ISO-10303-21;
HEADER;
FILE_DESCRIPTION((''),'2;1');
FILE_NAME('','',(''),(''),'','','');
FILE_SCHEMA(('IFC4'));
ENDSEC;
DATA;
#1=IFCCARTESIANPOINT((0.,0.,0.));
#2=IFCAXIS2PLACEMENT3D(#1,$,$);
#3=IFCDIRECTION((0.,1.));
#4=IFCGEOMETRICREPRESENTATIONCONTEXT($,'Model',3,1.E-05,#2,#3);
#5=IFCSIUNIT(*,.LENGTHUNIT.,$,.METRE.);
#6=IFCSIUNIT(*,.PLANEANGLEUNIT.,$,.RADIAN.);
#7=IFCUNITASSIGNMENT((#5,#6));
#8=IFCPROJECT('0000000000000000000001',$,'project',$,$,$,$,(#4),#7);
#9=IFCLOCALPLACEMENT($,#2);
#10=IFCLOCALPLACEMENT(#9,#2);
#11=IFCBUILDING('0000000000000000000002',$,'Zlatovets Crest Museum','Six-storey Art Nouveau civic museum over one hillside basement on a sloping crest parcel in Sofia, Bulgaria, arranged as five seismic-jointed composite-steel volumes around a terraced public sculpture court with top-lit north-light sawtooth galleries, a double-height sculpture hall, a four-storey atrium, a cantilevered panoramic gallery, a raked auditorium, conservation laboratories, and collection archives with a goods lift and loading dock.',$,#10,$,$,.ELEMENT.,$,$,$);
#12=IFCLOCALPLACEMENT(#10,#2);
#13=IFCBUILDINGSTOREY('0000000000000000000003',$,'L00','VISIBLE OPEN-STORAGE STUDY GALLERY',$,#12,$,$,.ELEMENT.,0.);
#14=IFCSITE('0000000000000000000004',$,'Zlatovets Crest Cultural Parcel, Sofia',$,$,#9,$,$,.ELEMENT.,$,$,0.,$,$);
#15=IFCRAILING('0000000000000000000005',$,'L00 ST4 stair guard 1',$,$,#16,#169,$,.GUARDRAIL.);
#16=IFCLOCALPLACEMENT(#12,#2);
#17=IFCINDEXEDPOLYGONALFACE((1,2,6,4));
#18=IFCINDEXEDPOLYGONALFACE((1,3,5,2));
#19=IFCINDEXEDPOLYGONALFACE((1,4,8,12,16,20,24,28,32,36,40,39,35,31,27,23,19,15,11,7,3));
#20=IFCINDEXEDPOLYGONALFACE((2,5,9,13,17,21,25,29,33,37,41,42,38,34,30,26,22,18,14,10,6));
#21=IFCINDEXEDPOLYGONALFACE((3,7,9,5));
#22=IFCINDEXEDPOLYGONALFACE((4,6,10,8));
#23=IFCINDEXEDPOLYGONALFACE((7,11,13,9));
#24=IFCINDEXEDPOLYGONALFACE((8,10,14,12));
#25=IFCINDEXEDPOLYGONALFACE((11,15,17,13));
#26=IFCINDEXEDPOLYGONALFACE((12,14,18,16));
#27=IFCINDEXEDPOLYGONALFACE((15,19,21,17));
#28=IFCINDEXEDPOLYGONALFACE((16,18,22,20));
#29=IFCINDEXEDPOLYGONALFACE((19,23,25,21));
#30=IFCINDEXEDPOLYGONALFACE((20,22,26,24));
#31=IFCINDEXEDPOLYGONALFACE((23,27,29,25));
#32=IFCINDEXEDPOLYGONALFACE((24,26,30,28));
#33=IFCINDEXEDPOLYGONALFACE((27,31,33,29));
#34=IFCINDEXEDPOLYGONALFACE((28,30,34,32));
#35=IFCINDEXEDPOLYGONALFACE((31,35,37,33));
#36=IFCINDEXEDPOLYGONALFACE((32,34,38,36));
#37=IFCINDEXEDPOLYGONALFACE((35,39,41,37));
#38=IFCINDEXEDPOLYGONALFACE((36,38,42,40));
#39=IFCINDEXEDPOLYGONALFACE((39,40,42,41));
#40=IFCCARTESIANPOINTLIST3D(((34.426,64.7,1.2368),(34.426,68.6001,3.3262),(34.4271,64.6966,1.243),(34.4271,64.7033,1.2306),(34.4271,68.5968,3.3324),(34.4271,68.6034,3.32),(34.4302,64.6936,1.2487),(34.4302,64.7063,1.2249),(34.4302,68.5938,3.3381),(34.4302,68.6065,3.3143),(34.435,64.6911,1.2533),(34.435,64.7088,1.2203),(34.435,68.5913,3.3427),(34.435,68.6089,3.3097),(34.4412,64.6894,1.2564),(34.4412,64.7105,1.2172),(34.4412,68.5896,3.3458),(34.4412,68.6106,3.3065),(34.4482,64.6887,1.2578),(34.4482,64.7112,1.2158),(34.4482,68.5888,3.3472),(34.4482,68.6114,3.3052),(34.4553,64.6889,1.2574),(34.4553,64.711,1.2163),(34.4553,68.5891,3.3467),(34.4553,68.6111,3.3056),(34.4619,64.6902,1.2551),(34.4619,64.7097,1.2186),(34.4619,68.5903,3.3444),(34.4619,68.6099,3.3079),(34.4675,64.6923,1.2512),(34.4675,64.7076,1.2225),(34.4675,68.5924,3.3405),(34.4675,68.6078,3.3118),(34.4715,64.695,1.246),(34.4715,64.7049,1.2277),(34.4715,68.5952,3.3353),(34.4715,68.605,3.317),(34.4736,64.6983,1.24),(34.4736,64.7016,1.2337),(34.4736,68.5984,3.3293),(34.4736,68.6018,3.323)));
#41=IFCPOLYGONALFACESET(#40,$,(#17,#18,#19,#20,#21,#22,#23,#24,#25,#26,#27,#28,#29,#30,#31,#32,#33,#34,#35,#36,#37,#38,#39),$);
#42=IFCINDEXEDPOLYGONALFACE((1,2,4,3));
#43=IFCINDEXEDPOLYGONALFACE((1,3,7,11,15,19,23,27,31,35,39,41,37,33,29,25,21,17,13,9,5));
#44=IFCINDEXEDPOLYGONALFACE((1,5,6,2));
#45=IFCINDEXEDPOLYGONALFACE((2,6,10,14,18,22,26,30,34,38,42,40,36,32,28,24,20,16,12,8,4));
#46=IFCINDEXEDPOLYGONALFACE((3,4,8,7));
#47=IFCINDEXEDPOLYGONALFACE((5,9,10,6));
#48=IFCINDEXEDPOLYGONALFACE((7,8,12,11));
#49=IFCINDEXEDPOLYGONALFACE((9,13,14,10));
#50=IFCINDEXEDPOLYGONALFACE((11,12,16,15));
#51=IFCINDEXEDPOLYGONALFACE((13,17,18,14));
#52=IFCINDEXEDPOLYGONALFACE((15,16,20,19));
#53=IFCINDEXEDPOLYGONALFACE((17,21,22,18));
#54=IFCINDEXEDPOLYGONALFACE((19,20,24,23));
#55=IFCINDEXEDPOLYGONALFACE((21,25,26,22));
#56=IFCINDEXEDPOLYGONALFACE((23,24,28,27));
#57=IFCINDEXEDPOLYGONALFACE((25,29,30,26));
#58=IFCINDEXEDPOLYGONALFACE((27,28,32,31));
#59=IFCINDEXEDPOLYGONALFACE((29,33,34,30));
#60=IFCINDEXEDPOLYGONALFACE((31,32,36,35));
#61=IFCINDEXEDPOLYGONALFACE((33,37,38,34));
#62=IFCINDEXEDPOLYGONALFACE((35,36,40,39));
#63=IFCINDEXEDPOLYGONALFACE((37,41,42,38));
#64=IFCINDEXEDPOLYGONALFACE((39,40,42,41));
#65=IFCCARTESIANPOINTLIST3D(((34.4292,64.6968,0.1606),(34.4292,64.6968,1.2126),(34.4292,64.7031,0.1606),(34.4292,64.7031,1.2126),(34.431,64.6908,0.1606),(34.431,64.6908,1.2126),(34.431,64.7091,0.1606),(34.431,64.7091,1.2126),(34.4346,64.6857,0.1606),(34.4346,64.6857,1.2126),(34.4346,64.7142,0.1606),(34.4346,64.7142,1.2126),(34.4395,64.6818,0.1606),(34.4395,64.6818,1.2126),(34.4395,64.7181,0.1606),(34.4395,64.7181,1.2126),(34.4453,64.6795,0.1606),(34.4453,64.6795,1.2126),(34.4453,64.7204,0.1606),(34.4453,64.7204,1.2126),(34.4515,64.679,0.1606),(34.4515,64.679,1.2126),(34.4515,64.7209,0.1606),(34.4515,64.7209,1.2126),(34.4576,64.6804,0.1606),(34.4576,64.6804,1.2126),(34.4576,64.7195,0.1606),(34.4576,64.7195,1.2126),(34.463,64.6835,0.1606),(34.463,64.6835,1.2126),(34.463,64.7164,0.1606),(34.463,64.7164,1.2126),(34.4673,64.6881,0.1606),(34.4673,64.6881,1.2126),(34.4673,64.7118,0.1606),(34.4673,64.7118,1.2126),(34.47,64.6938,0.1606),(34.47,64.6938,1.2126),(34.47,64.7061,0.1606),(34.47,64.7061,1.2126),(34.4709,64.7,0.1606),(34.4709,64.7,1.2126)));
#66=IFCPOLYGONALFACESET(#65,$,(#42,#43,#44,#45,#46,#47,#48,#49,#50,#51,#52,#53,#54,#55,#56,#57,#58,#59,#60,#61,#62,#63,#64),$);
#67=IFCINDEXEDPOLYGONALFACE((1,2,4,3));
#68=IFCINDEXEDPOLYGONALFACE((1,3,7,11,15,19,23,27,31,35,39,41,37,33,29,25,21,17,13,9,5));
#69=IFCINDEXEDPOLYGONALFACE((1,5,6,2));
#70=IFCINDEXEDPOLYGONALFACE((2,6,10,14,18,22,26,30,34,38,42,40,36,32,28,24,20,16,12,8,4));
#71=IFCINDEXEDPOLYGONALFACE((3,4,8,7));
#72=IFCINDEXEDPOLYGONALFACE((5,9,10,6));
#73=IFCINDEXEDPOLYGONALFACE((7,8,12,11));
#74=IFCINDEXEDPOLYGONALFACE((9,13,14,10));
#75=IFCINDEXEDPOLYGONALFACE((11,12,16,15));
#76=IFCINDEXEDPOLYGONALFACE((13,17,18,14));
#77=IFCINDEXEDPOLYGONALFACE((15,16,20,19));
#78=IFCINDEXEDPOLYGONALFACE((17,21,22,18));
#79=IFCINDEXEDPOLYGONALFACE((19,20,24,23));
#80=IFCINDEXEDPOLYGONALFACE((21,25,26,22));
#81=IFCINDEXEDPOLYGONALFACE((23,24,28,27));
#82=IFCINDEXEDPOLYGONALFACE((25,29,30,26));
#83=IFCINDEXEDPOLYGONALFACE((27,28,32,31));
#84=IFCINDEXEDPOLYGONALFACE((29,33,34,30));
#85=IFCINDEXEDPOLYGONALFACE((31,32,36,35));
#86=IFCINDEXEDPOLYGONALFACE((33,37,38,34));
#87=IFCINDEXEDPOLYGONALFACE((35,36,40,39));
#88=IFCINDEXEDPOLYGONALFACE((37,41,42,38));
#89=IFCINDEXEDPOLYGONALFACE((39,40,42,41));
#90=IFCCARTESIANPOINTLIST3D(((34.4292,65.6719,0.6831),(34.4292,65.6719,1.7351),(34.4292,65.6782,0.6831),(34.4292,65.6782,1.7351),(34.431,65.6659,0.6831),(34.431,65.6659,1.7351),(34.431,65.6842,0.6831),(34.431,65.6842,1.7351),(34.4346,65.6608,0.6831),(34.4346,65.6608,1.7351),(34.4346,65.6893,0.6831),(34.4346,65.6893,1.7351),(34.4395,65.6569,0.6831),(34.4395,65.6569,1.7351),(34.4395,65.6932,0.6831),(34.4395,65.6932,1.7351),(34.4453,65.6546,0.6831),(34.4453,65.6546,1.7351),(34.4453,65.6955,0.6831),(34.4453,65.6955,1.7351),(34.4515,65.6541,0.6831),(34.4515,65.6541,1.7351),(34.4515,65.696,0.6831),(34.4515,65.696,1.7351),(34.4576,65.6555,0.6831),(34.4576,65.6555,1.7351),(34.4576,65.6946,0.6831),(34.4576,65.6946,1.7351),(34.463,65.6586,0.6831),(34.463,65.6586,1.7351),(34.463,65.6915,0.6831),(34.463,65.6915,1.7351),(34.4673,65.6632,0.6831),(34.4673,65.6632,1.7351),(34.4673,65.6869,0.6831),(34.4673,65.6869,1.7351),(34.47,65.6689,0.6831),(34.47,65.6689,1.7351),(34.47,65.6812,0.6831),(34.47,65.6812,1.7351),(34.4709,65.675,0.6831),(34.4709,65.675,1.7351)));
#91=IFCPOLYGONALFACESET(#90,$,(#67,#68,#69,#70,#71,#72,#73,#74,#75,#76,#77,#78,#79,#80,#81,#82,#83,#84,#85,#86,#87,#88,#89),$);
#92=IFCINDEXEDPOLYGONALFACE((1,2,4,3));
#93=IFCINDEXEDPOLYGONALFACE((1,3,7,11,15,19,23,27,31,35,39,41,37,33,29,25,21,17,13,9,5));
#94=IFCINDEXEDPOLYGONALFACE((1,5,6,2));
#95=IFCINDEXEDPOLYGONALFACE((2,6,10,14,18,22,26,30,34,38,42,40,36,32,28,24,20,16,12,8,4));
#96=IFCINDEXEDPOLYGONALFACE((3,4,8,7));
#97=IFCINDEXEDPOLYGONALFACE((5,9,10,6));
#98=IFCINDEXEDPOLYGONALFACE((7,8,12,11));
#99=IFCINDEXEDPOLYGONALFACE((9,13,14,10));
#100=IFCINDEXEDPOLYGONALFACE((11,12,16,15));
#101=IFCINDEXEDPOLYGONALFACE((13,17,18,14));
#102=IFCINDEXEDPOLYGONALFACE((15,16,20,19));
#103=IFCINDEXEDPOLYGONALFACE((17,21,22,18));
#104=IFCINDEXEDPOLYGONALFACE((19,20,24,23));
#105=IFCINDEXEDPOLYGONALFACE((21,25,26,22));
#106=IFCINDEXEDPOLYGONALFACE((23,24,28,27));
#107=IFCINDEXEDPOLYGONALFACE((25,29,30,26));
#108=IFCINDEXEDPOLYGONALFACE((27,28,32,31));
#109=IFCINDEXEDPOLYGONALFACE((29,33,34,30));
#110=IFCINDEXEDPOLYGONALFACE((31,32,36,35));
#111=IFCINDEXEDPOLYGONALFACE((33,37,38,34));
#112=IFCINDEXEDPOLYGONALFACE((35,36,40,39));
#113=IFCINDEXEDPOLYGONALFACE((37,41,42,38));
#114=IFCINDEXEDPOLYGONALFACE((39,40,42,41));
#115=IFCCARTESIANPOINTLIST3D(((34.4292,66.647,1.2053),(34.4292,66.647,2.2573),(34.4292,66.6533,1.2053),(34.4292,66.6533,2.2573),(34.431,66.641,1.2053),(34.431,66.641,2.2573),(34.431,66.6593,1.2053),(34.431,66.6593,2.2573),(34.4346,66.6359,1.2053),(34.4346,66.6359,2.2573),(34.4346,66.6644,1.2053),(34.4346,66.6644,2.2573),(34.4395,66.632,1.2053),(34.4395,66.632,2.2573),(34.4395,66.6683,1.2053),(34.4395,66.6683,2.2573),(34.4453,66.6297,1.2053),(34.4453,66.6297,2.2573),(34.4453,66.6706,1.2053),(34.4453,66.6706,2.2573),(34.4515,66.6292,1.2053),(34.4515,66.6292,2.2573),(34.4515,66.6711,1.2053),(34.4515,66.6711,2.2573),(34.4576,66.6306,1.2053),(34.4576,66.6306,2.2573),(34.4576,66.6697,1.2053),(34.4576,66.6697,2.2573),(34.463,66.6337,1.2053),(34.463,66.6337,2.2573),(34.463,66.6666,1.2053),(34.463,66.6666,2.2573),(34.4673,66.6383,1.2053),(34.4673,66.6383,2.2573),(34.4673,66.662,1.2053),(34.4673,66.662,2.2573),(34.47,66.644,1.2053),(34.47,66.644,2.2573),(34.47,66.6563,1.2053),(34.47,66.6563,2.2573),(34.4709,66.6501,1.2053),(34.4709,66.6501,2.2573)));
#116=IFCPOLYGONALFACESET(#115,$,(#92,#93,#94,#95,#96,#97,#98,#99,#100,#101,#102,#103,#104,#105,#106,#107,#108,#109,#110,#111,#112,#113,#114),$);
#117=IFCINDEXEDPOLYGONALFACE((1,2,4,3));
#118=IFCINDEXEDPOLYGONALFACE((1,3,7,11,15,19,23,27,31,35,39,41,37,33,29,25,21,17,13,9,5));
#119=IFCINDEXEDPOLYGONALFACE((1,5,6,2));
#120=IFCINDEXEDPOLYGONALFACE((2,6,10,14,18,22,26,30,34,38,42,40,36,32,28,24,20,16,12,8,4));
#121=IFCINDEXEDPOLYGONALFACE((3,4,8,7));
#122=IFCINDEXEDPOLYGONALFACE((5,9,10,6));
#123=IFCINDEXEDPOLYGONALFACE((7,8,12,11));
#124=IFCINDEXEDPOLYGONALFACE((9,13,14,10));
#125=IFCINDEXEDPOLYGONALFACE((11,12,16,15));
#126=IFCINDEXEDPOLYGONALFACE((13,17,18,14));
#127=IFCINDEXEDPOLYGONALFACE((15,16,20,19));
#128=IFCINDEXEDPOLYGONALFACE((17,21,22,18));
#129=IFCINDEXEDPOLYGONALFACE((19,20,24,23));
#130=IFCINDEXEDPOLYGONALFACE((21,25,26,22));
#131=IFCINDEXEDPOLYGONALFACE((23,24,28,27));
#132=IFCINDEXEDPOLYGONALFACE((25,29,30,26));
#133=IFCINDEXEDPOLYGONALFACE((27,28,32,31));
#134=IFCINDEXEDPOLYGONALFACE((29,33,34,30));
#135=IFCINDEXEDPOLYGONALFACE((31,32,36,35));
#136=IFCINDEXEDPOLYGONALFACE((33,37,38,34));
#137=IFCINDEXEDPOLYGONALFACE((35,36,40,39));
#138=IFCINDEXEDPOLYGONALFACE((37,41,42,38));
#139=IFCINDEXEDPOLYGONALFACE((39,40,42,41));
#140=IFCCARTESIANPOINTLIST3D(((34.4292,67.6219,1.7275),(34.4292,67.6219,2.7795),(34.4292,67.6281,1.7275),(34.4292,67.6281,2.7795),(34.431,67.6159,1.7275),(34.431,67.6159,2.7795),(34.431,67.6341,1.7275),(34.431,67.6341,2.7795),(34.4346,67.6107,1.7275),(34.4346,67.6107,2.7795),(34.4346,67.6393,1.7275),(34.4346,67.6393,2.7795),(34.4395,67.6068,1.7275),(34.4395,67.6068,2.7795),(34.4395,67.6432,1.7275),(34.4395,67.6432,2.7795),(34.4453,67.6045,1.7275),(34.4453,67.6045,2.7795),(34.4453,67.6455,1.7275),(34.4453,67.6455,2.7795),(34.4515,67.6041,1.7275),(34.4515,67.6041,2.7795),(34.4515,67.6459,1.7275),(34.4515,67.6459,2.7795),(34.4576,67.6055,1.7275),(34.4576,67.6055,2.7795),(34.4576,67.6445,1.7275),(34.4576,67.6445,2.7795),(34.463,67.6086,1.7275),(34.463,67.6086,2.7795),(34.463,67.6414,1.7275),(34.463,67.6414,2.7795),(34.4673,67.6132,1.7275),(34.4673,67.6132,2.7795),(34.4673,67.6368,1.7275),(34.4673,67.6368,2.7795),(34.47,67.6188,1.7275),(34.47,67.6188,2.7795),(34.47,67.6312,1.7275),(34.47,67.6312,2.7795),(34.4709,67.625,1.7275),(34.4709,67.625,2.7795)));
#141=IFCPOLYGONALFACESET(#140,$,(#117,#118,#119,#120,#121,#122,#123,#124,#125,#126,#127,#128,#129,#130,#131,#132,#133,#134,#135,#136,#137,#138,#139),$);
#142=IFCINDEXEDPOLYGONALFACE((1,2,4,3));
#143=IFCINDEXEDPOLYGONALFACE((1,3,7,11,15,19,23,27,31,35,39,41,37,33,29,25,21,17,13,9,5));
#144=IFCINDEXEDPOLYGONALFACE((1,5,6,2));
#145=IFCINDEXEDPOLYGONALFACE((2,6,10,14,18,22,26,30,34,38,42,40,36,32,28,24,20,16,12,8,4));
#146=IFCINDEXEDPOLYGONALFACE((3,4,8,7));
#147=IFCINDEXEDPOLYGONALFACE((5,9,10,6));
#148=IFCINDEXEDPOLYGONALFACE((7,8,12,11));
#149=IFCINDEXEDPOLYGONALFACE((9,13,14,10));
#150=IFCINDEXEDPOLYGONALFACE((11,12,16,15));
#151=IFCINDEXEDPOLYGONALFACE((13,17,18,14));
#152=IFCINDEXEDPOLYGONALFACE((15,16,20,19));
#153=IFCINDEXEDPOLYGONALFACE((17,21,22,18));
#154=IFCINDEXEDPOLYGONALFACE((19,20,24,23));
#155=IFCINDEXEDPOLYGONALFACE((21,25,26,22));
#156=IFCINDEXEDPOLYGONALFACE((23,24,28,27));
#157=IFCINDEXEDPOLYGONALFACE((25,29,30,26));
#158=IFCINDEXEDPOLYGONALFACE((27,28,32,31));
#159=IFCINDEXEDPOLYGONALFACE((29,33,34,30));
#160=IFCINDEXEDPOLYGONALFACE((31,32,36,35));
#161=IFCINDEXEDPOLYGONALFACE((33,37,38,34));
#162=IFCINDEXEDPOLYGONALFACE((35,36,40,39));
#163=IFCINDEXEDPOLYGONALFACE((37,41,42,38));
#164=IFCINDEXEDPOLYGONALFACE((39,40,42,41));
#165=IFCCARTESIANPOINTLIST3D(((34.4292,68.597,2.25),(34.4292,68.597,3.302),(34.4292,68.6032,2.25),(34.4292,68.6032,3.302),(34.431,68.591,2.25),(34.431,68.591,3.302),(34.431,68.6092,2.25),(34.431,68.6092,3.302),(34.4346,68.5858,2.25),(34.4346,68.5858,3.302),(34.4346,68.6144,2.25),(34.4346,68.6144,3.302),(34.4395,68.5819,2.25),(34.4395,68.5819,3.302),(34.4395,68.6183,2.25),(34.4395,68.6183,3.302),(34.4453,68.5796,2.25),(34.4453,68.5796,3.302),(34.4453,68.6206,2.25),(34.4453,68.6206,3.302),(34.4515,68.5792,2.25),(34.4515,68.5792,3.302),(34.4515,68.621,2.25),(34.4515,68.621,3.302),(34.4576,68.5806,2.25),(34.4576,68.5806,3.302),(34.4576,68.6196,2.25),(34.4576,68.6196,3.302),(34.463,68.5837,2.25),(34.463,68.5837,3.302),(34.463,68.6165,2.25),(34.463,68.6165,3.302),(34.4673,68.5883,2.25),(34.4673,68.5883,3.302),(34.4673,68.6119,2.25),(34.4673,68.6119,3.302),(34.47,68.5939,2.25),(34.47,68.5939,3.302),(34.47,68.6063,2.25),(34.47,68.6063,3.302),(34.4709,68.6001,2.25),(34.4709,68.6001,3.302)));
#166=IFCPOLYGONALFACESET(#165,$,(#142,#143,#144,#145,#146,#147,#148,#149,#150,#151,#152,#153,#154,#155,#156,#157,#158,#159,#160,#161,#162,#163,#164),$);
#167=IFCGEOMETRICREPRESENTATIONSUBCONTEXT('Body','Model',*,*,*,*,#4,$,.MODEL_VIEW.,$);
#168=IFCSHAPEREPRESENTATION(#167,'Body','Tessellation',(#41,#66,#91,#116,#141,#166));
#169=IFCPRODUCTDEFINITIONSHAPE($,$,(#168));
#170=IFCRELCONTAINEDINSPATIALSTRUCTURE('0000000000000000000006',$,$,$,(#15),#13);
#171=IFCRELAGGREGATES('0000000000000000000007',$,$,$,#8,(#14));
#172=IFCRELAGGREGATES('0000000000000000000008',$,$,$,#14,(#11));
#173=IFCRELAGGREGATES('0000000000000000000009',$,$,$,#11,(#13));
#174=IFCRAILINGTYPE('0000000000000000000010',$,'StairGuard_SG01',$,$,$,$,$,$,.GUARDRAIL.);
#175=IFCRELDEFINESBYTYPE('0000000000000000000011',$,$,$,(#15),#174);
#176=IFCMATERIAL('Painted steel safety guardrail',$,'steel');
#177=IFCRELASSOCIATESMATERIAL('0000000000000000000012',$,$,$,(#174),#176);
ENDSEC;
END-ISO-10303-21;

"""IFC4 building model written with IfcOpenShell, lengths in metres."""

from ifc_helpers import new_model, si_unit, direction, frame, origin, origin_2d, place, context, subcontext, project, spatial, circle, extrude, material, type_object, element, save


model = new_model("IFC4")

# Units and contexts
model_context = context("Model", 3, precision=1e-05, world=origin(), true_north=direction((0.0, 1.0)))
body_context = subcontext(model_context, "Body", "Model", "MODEL_VIEW")
ifc_project = project(units=[si_unit("LENGTHUNIT", "METRE"), si_unit("PLANEANGLEUNIT", "RADIAN")], contexts=[model_context])

# Site, building, storey
site_placement = place(None, origin())
site = spatial("IfcSite", under=ifc_project, at=site_placement, Name="Zlatovets Crest Cultural Parcel, Sofia", CompositionType="ELEMENT", RefElevation=0.0)
building_placement = place(site_placement, origin())
building = spatial("IfcBuilding", under=site, at=building_placement, Name="Zlatovets Crest Museum", Description="Six-storey Art Nouveau civic museum over one hillside basement on a sloping crest parcel in Sofia, Bulgaria, arranged as five seismic-jointed composite-steel volumes around a terraced public sculpture court with top-lit north-light sawtooth galleries, a double-height sculpture hall, a four-storey atrium, a cantilevered panoramic gallery, a raked auditorium, conservation laboratories, and collection archives with a goods lift and loading dock.", CompositionType="ELEMENT")
storey_placement = place(building_placement, origin())
storey = spatial("IfcBuildingStorey", under=building, at=storey_placement, Name="L00", Description="VISIBLE OPEN-STORAGE STUDY GALLERY", CompositionType="ELEMENT", Elevation=0.0)

# Railing
ifc_material_1 = material(Name="Painted steel safety guardrail", Category="steel")
railing_type_1 = type_object("IfcRailingType", Name="StairGuard_SG01", PredefinedType="GUARDRAIL", material=ifc_material_1)
railing_1_placement = place(storey_placement, frame((34.45, 64.7, 0.1606)))
element("IfcRailing", 1, at=railing_1_placement, inside=storey, type_object=railing_type_1, Name="L00 ST4 stair guard 1", PredefinedType="GUARDRAIL", context=body_context, shape_type="SweptSolid", body=[
    extrude(circle(Radius=0.0239, at=origin_2d()), frame((0.0, 0.0, 1.0762), z_axis=(0.0, 0.881481, 0.47222), x_axis=(-1.0, 0.0, 0.0)), (0.0, 0.0, 1.0), 4.4246),
    extrude(circle(Radius=0.021, at=origin_2d()), origin(), (0.0, 0.0, 1.0), 1.052),
    extrude(circle(Radius=0.021, at=origin_2d()), frame((0.0, 0.9751, 0.5225)), (0.0, 0.0, 1.0), 1.052),
    extrude(circle(Radius=0.021, at=origin_2d()), frame((0.0, 1.9502, 1.0447)), (0.0, 0.0, 1.0), 1.052),
    extrude(circle(Radius=0.021, at=origin_2d()), frame((0.0, 2.925, 1.5669)), (0.0, 0.0, 1.0), 1.052),
    extrude(circle(Radius=0.021, at=origin_2d()), frame((0.0, 3.9001, 2.0894)), (0.0, 0.0, 1.0), 1.052),
])

save(model, "model.ifc")
